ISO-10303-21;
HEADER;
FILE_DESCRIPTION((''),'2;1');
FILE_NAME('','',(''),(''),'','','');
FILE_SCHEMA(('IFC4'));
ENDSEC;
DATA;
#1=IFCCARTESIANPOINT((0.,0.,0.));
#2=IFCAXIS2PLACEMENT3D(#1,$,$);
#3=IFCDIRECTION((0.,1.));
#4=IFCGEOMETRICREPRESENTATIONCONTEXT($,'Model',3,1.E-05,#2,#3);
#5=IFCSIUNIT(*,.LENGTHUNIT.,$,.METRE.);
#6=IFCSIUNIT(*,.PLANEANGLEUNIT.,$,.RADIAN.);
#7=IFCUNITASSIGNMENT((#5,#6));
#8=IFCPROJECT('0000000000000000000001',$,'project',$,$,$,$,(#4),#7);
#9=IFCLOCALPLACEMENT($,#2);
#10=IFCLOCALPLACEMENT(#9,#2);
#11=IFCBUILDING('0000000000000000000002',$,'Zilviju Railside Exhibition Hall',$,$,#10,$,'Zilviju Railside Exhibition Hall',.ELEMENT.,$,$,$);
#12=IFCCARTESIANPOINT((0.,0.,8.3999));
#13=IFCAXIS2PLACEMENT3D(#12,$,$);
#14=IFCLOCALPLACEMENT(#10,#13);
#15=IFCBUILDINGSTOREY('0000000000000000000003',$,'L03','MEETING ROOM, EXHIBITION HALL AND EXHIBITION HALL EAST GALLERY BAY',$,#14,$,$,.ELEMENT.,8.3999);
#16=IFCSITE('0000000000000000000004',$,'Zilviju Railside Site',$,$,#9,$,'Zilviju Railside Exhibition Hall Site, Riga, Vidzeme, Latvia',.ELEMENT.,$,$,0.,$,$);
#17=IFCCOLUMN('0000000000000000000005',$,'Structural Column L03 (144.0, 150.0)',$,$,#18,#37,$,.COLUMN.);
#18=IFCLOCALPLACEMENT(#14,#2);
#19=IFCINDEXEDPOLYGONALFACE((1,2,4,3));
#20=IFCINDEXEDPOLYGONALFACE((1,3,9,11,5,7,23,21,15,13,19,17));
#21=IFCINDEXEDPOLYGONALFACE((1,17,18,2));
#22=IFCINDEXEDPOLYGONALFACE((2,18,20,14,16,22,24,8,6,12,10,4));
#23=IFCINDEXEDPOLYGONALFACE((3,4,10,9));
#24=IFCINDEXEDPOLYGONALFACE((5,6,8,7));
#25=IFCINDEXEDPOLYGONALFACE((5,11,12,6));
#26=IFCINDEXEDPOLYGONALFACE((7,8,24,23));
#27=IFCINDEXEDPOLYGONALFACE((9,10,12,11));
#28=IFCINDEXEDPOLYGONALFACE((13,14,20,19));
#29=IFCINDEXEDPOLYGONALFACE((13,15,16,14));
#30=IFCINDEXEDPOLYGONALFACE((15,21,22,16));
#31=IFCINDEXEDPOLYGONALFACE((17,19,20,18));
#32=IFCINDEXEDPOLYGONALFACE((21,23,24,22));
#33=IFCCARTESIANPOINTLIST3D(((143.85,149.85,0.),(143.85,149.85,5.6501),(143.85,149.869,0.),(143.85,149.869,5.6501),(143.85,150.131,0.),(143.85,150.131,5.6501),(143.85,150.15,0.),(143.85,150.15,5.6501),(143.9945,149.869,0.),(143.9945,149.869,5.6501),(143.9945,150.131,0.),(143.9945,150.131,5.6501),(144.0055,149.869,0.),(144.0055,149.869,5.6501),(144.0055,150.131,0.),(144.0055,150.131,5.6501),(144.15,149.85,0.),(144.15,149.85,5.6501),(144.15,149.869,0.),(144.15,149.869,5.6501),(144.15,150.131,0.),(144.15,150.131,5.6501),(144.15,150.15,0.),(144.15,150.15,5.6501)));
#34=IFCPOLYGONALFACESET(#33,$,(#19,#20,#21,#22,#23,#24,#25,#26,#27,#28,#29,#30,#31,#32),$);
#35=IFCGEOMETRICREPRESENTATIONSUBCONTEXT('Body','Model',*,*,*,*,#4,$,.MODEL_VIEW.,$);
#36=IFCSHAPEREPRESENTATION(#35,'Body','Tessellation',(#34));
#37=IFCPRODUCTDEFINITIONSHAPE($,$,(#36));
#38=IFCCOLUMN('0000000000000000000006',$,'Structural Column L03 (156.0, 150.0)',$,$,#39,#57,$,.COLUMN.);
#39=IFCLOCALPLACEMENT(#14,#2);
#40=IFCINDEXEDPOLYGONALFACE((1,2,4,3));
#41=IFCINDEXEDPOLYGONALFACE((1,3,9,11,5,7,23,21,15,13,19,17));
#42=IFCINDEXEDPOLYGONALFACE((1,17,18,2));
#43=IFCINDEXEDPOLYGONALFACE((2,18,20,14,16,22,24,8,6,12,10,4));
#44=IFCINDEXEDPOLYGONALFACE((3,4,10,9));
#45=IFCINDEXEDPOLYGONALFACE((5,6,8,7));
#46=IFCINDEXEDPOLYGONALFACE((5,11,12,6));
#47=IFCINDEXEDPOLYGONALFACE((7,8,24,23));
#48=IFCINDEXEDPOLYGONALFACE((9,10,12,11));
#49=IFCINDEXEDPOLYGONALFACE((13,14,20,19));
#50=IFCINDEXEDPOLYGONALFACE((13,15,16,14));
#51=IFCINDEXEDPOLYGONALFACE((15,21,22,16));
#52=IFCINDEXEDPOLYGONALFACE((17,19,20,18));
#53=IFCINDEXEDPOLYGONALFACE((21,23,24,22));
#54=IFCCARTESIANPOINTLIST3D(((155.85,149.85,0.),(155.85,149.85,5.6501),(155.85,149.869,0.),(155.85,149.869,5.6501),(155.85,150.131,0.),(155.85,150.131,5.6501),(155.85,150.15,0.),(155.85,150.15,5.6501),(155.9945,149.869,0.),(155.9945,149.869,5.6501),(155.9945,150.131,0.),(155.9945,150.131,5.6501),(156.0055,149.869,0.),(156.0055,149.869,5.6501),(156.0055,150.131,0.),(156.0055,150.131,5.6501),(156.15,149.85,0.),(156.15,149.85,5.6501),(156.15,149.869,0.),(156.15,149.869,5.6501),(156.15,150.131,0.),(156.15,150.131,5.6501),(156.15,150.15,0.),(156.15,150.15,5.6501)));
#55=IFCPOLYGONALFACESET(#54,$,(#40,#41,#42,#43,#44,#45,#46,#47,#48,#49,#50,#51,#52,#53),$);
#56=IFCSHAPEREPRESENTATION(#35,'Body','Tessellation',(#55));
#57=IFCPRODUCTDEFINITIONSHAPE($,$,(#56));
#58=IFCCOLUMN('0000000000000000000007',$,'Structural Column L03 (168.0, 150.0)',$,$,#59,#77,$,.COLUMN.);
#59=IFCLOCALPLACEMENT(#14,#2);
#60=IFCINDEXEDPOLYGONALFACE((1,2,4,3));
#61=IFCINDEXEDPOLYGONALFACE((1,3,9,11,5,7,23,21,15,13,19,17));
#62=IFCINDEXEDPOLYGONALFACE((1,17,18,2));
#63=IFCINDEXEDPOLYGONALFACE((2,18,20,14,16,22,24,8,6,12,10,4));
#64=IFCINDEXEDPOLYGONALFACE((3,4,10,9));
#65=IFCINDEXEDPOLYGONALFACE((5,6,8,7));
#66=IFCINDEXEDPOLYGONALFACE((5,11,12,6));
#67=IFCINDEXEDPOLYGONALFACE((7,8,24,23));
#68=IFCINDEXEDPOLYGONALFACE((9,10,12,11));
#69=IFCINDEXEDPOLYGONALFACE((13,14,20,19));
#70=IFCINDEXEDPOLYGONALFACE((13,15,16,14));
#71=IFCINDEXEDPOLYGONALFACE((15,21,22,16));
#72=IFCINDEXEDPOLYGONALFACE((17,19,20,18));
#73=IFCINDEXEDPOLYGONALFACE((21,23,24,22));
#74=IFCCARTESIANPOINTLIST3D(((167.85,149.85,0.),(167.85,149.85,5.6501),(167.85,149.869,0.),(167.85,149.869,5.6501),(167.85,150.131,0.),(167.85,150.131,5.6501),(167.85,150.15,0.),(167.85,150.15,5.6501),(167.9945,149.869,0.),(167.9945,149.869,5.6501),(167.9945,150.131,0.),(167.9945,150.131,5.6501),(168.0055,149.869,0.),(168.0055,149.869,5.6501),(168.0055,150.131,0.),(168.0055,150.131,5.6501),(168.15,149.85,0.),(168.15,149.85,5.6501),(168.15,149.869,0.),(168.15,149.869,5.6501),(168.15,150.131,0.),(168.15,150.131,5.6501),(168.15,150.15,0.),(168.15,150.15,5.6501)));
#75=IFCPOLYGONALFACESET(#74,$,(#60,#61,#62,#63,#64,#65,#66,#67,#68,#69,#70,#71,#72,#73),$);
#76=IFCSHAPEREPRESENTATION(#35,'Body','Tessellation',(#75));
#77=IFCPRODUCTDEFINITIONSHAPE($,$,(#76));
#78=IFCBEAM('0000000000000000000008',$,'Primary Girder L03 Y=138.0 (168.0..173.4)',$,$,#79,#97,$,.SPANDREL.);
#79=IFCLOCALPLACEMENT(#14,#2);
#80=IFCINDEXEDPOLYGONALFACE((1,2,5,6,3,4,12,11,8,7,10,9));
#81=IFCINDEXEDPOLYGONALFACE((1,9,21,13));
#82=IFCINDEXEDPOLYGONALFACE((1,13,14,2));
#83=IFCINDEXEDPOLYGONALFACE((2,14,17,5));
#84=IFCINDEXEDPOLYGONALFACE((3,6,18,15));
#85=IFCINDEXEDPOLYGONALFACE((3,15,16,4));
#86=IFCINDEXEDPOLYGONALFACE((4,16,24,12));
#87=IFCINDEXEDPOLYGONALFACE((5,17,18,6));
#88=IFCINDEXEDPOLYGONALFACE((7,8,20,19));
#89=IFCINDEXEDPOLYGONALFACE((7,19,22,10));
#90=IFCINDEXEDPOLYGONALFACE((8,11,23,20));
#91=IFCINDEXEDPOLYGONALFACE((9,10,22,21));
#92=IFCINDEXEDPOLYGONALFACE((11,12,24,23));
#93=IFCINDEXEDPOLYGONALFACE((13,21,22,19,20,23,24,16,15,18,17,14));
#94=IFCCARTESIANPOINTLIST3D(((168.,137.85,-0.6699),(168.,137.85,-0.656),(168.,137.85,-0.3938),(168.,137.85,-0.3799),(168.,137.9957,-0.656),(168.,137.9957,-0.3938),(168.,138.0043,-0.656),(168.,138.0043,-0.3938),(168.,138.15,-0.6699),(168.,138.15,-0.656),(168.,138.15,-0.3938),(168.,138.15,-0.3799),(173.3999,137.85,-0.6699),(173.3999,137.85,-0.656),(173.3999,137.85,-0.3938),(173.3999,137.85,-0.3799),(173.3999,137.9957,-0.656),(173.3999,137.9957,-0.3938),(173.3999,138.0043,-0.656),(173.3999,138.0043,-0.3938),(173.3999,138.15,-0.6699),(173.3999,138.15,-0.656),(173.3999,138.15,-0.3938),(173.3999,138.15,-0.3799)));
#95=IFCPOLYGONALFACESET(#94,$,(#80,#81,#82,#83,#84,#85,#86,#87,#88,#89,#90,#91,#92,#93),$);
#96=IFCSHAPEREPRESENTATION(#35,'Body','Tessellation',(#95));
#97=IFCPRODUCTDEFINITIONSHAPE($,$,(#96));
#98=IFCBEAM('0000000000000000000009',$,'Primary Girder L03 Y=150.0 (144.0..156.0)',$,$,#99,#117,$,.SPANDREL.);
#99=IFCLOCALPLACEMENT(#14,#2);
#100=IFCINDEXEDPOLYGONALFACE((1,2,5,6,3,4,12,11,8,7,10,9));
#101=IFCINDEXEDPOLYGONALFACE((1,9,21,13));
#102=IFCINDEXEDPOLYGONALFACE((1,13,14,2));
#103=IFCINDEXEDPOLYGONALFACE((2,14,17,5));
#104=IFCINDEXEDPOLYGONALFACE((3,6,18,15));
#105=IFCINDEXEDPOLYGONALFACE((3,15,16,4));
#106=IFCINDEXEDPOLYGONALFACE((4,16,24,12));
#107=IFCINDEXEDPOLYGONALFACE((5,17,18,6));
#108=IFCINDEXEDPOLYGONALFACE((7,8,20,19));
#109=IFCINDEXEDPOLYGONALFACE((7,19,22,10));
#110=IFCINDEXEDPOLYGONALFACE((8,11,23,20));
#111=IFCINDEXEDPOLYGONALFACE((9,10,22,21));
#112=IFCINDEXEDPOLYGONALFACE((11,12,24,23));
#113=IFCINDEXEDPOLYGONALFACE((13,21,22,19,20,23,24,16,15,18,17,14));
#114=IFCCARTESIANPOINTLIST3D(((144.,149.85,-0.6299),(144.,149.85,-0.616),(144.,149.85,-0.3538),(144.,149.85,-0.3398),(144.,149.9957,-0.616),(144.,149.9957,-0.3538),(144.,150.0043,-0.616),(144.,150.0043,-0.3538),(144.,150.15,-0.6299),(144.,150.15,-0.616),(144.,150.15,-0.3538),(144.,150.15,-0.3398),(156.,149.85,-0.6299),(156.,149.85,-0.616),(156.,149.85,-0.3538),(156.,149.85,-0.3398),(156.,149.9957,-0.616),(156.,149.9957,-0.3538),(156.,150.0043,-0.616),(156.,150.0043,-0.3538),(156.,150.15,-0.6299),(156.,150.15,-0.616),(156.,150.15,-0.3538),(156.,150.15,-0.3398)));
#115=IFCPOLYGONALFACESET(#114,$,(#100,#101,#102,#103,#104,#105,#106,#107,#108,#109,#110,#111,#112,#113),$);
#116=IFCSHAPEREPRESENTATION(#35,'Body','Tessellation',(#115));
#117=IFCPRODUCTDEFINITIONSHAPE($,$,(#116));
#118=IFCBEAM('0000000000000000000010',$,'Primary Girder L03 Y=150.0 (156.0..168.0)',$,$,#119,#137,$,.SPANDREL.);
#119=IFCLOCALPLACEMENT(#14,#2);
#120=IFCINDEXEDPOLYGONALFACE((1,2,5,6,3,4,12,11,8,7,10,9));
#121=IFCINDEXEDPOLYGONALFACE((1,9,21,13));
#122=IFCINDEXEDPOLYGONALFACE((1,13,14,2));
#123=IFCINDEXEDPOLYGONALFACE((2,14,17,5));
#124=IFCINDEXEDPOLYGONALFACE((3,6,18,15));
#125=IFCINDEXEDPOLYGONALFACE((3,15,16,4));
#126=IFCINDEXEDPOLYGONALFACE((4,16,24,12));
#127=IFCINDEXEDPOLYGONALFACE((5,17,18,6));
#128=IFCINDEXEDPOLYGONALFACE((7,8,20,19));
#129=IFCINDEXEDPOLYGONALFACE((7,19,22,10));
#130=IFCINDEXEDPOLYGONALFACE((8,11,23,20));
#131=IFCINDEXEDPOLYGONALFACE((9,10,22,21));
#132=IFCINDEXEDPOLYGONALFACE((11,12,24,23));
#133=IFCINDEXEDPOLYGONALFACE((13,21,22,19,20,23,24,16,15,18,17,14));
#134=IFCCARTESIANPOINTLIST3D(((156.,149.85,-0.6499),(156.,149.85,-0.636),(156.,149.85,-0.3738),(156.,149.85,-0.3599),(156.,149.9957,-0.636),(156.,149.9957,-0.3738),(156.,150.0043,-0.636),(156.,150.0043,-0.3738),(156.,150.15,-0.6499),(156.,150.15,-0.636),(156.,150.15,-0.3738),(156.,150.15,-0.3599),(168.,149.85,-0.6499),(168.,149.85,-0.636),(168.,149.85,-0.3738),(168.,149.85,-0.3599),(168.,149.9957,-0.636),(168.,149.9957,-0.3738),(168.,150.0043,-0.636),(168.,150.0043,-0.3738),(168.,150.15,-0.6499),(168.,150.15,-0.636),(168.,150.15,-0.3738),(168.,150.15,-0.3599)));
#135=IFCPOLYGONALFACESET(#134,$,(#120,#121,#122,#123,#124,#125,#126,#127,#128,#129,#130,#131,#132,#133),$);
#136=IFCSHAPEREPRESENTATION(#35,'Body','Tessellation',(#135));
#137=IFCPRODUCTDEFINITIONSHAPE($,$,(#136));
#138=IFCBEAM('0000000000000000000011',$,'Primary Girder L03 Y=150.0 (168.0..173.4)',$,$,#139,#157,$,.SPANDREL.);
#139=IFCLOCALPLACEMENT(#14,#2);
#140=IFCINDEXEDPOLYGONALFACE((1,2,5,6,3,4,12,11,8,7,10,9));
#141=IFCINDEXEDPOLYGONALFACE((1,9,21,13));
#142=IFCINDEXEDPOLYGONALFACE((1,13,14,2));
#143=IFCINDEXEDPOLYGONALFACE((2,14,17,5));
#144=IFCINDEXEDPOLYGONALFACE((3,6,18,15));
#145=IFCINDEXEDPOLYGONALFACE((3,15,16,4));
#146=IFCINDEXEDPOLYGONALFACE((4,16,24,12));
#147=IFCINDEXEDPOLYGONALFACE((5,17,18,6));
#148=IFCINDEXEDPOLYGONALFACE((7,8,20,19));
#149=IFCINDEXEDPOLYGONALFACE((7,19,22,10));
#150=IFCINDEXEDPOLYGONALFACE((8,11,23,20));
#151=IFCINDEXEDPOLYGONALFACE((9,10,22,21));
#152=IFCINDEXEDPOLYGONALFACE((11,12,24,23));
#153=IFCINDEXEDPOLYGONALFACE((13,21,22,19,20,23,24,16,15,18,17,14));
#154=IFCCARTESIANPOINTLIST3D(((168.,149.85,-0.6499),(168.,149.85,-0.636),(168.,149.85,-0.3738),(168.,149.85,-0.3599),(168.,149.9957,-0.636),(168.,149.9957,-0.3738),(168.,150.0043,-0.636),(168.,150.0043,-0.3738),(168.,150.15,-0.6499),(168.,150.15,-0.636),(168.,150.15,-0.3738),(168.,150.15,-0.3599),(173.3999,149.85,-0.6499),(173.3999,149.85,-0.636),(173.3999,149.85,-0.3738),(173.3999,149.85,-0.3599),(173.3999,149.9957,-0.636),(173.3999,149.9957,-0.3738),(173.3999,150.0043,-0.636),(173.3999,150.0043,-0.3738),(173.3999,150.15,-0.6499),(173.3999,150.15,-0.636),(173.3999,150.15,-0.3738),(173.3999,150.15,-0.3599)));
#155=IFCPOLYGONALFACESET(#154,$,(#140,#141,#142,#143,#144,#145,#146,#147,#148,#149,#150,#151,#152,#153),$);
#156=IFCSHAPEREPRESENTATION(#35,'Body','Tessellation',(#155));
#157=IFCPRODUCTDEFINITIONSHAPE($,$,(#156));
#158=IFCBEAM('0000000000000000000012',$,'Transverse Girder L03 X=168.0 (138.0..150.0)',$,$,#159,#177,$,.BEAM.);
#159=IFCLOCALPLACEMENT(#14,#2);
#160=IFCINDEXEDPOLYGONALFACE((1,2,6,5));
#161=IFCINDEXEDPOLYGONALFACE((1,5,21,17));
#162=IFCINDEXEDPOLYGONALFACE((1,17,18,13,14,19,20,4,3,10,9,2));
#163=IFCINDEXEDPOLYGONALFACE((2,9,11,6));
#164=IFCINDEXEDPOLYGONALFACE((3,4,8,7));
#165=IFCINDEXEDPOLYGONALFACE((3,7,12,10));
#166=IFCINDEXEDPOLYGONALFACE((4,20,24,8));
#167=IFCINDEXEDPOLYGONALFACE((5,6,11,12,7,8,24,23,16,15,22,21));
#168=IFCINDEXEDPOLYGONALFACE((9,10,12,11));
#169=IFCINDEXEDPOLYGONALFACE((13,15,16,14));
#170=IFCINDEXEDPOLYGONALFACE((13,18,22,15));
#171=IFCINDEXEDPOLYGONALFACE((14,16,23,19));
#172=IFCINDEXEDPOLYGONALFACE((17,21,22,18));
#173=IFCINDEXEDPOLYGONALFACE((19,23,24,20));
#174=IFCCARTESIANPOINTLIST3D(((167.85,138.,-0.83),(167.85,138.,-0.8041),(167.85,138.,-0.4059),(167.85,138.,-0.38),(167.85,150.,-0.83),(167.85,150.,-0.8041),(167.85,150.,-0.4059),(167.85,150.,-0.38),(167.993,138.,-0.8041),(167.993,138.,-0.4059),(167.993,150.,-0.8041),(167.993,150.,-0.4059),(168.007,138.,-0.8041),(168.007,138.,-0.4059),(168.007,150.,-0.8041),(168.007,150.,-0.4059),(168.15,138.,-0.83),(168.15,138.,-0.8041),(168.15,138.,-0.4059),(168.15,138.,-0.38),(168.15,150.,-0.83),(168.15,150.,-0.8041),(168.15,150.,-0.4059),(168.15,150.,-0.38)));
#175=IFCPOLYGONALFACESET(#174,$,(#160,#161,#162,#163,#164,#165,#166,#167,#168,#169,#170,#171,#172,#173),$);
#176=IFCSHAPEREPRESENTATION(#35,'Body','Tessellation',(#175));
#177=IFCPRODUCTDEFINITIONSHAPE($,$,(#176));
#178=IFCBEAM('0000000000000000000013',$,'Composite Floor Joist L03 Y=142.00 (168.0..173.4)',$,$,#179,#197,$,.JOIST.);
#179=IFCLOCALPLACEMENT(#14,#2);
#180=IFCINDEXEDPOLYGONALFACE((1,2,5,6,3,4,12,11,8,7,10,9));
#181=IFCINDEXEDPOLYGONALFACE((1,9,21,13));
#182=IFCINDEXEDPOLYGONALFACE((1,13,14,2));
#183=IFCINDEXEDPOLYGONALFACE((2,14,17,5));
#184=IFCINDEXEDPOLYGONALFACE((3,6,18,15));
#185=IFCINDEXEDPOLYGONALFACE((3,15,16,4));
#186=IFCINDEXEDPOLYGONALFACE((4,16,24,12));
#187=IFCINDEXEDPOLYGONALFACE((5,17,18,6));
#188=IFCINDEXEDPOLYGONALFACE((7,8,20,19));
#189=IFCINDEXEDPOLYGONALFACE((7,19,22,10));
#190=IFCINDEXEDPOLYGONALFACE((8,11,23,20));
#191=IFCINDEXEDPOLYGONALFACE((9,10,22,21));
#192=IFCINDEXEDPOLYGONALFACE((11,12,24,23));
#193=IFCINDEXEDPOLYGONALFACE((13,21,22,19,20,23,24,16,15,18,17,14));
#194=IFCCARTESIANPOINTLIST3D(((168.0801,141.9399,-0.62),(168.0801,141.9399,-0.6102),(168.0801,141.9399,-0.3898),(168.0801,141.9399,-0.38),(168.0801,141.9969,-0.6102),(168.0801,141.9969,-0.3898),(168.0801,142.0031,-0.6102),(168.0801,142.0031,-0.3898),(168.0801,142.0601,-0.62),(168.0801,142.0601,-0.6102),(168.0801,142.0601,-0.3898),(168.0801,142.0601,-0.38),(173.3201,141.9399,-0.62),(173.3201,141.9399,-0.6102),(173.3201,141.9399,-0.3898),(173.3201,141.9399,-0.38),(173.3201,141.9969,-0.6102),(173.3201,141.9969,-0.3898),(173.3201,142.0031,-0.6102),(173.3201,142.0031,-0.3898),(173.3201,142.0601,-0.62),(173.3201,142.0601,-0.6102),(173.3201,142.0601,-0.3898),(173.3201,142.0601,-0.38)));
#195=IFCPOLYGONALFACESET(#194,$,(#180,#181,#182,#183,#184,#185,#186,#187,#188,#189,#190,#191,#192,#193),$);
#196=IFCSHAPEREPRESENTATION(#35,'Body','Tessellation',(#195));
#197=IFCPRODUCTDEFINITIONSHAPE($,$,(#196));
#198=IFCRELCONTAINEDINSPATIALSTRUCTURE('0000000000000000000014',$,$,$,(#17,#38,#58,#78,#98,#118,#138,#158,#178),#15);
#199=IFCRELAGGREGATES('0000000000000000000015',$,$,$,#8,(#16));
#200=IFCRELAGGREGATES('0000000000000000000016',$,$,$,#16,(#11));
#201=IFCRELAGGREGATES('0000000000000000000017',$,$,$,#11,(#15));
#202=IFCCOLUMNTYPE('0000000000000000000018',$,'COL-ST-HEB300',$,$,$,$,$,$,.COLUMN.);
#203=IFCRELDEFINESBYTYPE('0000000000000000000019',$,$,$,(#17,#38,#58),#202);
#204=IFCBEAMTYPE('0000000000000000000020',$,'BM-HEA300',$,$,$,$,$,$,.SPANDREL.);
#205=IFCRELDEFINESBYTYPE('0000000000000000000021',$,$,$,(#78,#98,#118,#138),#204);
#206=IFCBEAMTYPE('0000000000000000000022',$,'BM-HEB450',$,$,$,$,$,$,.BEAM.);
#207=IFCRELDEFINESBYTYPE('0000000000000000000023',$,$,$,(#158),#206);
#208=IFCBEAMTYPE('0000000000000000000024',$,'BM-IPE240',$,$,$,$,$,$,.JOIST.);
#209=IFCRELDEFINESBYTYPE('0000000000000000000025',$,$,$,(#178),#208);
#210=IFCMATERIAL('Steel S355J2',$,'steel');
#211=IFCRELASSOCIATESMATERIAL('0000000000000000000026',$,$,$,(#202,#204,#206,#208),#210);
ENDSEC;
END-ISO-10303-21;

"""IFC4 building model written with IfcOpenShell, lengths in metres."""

from ifc_helpers import new_model, si_unit, direction, frame, origin, origin_2d, place, context, subcontext, project, spatial, i_section, extrude, material, material_profile, profile_set, type_object, element, save


model = new_model("IFC4")

# Units and contexts
model_context = context("Model", 3, precision=1e-05, world=origin(), true_north=direction((0.0, 1.0)))
body_context = subcontext(model_context, "Body", "Model", "MODEL_VIEW")
ifc_project = project(units=[si_unit("LENGTHUNIT", "METRE"), si_unit("PLANEANGLEUNIT", "RADIAN")], contexts=[model_context])

# Site, building, storey
site_placement = place(None, origin())
site = spatial("IfcSite", under=ifc_project, at=site_placement, Name="Zilviju Railside Site", LongName="Zilviju Railside Exhibition Hall Site, Riga, Vidzeme, Latvia", CompositionType="ELEMENT", RefElevation=0.0)
building_placement = place(site_placement, origin())
building = spatial("IfcBuilding", under=site, at=building_placement, Name="Zilviju Railside Exhibition Hall", LongName="Zilviju Railside Exhibition Hall", CompositionType="ELEMENT")
storey_placement = place(building_placement, frame((0.0, 0.0, 8.3999)))
storey = spatial("IfcBuildingStorey", under=building, at=storey_placement, Name="L03", Description="MEETING ROOM, EXHIBITION HALL AND EXHIBITION HALL EAST GALLERY BAY", CompositionType="ELEMENT", Elevation=8.3999)

# Columns
ifc_material_1 = material(Name="Steel S355J2", Category="steel")
ifc_material_profile_1 = material_profile(ifc_material_1, i_section(OverallWidth=0.3, OverallDepth=0.3, WebThickness=0.011, FlangeThickness=0.019, at=origin_2d()), Name="HEB 300")
ifc_profile_set_1 = profile_set([ifc_material_profile_1], Name="Steel S355J2")
column_type = type_object("IfcColumnType", Name="COL-ST-HEB300", PredefinedType="COLUMN", material=ifc_profile_set_1)
for number, where, z_axis, x_axis, name in (
    (1, (144.0, 150.0, 0.0), (0.0, 0.0, 1.0), (1.0, 0.0, 0.0), "Structural Column L03 (144.0, 150.0)"),
    (2, (156.0, 150.0, 0.0), (0.0, 0.0, 1.0), (1.0, 0.0, 0.0), "Structural Column L03 (156.0, 150.0)"),
    (3, (168.0, 150.0, 0.0), (0.0, 0.0, 1.0), (1.0, 0.0, 0.0), "Structural Column L03 (168.0, 150.0)"),
):
    element("IfcColumn", number, at=place(storey_placement, frame(where, z_axis=z_axis, x_axis=x_axis)), inside=storey, type_object=column_type, Name=name, PredefinedType="COLUMN", context=body_context, shape_type="SweptSolid", body=[
        extrude(i_section(OverallWidth=0.3, OverallDepth=0.3, WebThickness=0.011, FlangeThickness=0.019, at=origin_2d()), origin(), (0.0, 0.0, 1.0), 5.6501),
    ])

# Beams
ifc_material_profile_2 = material_profile(ifc_material_1, i_section(OverallWidth=0.3, OverallDepth=0.29, WebThickness=0.0085, FlangeThickness=0.0139, at=origin_2d()), Name="HEA 300")
ifc_profile_set_2 = profile_set([ifc_material_profile_2], Name="Steel S355J2")
beam_type_1 = type_object("IfcBeamType", Name="BM-HEA300", PredefinedType="SPANDREL", material=ifc_profile_set_2)
beam_1_placement = place(storey_placement, frame((168.0, 138.0, -0.5249), z_axis=(1.0, 0.0, 0.0), x_axis=(0.0, 1.0, 0.0)))
element("IfcBeam", 4, at=beam_1_placement, inside=storey, type_object=beam_type_1, Name="Primary Girder L03 Y=138.0 (168.0..173.4)", PredefinedType="SPANDREL", context=body_context, shape_type="SweptSolid", body=[
    extrude(i_section(OverallWidth=0.3, OverallDepth=0.29, WebThickness=0.0085, FlangeThickness=0.0139, at=origin_2d()), origin(), (0.0, 0.0, 1.0), 5.3999),
])
for number, where, z_axis, x_axis, name in (
    (5, (144.0, 150.0, -0.4849), (1.0, 0.0, 0.0), (0.0, 1.0, 0.0), "Primary Girder L03 Y=150.0 (144.0..156.0)"),
    (6, (156.0, 150.0, -0.5049), (1.0, 0.0, 0.0), (0.0, 1.0, 0.0), "Primary Girder L03 Y=150.0 (156.0..168.0)"),
):
    element("IfcBeam", number, at=place(storey_placement, frame(where, z_axis=z_axis, x_axis=x_axis)), inside=storey, type_object=beam_type_1, Name=name, PredefinedType="SPANDREL", context=body_context, shape_type="SweptSolid", body=[
        extrude(i_section(OverallWidth=0.3, OverallDepth=0.29, WebThickness=0.0085, FlangeThickness=0.0139, at=origin_2d()), origin(), (0.0, 0.0, 1.0), 12.0),
    ])
beam_2_placement = place(storey_placement, frame((168.0, 150.0, -0.5049), z_axis=(1.0, 0.0, 0.0), x_axis=(0.0, 1.0, 0.0)))
element("IfcBeam", 7, at=beam_2_placement, inside=storey, type_object=beam_type_1, Name="Primary Girder L03 Y=150.0 (168.0..173.4)", PredefinedType="SPANDREL", context=body_context, shape_type="SweptSolid", body=[
    extrude(i_section(OverallWidth=0.3, OverallDepth=0.29, WebThickness=0.0085, FlangeThickness=0.0139, at=origin_2d()), origin(), (0.0, 0.0, 1.0), 5.3999),
])
ifc_material_profile_3 = material_profile(ifc_material_1, i_section(OverallWidth=0.3, OverallDepth=0.45, WebThickness=0.0139, FlangeThickness=0.0259, at=origin_2d()), Name="HEB 450")
ifc_profile_set_3 = profile_set([ifc_material_profile_3], Name="Steel S355J2")
beam_type_2 = type_object("IfcBeamType", Name="BM-HEB450", PredefinedType="BEAM", material=ifc_profile_set_3)
beam_3_placement = place(storey_placement, frame((168.0, 138.0, -0.605), z_axis=(0.0, 1.0, 0.0), x_axis=(-1.0, 0.0, 0.0)))
element("IfcBeam", 8, at=beam_3_placement, inside=storey, type_object=beam_type_2, Name="Transverse Girder L03 X=168.0 (138.0..150.0)", PredefinedType="BEAM", context=body_context, shape_type="SweptSolid", body=[
    extrude(i_section(OverallWidth=0.3, OverallDepth=0.45, WebThickness=0.0139, FlangeThickness=0.0259, at=origin_2d()), origin(), (0.0, 0.0, 1.0), 12.0),
])
ifc_material_profile_4 = material_profile(ifc_material_1, i_section(OverallWidth=0.1201, OverallDepth=0.24, WebThickness=0.0061, FlangeThickness=0.0098, at=origin_2d()), Name="IPE 240")
ifc_profile_set_4 = profile_set([ifc_material_profile_4], Name="Steel S355J2")
beam_type_3 = type_object("IfcBeamType", Name="BM-IPE240", PredefinedType="JOIST", material=ifc_profile_set_4)
beam_4_placement = place(storey_placement, frame((168.0801, 142.0, -0.5), z_axis=(1.0, 0.0, 0.0), x_axis=(0.0, 1.0, 0.0)))
element("IfcBeam", 9, at=beam_4_placement, inside=storey, type_object=beam_type_3, Name="Composite Floor Joist L03 Y=142.00 (168.0..173.4)", PredefinedType="JOIST", context=body_context, shape_type="SweptSolid", body=[
    extrude(i_section(OverallWidth=0.1201, OverallDepth=0.24, WebThickness=0.0061, FlangeThickness=0.0098, at=origin_2d()), origin(), (0.0, 0.0, 1.0), 5.24),
])

save(model, "model.ifc")
